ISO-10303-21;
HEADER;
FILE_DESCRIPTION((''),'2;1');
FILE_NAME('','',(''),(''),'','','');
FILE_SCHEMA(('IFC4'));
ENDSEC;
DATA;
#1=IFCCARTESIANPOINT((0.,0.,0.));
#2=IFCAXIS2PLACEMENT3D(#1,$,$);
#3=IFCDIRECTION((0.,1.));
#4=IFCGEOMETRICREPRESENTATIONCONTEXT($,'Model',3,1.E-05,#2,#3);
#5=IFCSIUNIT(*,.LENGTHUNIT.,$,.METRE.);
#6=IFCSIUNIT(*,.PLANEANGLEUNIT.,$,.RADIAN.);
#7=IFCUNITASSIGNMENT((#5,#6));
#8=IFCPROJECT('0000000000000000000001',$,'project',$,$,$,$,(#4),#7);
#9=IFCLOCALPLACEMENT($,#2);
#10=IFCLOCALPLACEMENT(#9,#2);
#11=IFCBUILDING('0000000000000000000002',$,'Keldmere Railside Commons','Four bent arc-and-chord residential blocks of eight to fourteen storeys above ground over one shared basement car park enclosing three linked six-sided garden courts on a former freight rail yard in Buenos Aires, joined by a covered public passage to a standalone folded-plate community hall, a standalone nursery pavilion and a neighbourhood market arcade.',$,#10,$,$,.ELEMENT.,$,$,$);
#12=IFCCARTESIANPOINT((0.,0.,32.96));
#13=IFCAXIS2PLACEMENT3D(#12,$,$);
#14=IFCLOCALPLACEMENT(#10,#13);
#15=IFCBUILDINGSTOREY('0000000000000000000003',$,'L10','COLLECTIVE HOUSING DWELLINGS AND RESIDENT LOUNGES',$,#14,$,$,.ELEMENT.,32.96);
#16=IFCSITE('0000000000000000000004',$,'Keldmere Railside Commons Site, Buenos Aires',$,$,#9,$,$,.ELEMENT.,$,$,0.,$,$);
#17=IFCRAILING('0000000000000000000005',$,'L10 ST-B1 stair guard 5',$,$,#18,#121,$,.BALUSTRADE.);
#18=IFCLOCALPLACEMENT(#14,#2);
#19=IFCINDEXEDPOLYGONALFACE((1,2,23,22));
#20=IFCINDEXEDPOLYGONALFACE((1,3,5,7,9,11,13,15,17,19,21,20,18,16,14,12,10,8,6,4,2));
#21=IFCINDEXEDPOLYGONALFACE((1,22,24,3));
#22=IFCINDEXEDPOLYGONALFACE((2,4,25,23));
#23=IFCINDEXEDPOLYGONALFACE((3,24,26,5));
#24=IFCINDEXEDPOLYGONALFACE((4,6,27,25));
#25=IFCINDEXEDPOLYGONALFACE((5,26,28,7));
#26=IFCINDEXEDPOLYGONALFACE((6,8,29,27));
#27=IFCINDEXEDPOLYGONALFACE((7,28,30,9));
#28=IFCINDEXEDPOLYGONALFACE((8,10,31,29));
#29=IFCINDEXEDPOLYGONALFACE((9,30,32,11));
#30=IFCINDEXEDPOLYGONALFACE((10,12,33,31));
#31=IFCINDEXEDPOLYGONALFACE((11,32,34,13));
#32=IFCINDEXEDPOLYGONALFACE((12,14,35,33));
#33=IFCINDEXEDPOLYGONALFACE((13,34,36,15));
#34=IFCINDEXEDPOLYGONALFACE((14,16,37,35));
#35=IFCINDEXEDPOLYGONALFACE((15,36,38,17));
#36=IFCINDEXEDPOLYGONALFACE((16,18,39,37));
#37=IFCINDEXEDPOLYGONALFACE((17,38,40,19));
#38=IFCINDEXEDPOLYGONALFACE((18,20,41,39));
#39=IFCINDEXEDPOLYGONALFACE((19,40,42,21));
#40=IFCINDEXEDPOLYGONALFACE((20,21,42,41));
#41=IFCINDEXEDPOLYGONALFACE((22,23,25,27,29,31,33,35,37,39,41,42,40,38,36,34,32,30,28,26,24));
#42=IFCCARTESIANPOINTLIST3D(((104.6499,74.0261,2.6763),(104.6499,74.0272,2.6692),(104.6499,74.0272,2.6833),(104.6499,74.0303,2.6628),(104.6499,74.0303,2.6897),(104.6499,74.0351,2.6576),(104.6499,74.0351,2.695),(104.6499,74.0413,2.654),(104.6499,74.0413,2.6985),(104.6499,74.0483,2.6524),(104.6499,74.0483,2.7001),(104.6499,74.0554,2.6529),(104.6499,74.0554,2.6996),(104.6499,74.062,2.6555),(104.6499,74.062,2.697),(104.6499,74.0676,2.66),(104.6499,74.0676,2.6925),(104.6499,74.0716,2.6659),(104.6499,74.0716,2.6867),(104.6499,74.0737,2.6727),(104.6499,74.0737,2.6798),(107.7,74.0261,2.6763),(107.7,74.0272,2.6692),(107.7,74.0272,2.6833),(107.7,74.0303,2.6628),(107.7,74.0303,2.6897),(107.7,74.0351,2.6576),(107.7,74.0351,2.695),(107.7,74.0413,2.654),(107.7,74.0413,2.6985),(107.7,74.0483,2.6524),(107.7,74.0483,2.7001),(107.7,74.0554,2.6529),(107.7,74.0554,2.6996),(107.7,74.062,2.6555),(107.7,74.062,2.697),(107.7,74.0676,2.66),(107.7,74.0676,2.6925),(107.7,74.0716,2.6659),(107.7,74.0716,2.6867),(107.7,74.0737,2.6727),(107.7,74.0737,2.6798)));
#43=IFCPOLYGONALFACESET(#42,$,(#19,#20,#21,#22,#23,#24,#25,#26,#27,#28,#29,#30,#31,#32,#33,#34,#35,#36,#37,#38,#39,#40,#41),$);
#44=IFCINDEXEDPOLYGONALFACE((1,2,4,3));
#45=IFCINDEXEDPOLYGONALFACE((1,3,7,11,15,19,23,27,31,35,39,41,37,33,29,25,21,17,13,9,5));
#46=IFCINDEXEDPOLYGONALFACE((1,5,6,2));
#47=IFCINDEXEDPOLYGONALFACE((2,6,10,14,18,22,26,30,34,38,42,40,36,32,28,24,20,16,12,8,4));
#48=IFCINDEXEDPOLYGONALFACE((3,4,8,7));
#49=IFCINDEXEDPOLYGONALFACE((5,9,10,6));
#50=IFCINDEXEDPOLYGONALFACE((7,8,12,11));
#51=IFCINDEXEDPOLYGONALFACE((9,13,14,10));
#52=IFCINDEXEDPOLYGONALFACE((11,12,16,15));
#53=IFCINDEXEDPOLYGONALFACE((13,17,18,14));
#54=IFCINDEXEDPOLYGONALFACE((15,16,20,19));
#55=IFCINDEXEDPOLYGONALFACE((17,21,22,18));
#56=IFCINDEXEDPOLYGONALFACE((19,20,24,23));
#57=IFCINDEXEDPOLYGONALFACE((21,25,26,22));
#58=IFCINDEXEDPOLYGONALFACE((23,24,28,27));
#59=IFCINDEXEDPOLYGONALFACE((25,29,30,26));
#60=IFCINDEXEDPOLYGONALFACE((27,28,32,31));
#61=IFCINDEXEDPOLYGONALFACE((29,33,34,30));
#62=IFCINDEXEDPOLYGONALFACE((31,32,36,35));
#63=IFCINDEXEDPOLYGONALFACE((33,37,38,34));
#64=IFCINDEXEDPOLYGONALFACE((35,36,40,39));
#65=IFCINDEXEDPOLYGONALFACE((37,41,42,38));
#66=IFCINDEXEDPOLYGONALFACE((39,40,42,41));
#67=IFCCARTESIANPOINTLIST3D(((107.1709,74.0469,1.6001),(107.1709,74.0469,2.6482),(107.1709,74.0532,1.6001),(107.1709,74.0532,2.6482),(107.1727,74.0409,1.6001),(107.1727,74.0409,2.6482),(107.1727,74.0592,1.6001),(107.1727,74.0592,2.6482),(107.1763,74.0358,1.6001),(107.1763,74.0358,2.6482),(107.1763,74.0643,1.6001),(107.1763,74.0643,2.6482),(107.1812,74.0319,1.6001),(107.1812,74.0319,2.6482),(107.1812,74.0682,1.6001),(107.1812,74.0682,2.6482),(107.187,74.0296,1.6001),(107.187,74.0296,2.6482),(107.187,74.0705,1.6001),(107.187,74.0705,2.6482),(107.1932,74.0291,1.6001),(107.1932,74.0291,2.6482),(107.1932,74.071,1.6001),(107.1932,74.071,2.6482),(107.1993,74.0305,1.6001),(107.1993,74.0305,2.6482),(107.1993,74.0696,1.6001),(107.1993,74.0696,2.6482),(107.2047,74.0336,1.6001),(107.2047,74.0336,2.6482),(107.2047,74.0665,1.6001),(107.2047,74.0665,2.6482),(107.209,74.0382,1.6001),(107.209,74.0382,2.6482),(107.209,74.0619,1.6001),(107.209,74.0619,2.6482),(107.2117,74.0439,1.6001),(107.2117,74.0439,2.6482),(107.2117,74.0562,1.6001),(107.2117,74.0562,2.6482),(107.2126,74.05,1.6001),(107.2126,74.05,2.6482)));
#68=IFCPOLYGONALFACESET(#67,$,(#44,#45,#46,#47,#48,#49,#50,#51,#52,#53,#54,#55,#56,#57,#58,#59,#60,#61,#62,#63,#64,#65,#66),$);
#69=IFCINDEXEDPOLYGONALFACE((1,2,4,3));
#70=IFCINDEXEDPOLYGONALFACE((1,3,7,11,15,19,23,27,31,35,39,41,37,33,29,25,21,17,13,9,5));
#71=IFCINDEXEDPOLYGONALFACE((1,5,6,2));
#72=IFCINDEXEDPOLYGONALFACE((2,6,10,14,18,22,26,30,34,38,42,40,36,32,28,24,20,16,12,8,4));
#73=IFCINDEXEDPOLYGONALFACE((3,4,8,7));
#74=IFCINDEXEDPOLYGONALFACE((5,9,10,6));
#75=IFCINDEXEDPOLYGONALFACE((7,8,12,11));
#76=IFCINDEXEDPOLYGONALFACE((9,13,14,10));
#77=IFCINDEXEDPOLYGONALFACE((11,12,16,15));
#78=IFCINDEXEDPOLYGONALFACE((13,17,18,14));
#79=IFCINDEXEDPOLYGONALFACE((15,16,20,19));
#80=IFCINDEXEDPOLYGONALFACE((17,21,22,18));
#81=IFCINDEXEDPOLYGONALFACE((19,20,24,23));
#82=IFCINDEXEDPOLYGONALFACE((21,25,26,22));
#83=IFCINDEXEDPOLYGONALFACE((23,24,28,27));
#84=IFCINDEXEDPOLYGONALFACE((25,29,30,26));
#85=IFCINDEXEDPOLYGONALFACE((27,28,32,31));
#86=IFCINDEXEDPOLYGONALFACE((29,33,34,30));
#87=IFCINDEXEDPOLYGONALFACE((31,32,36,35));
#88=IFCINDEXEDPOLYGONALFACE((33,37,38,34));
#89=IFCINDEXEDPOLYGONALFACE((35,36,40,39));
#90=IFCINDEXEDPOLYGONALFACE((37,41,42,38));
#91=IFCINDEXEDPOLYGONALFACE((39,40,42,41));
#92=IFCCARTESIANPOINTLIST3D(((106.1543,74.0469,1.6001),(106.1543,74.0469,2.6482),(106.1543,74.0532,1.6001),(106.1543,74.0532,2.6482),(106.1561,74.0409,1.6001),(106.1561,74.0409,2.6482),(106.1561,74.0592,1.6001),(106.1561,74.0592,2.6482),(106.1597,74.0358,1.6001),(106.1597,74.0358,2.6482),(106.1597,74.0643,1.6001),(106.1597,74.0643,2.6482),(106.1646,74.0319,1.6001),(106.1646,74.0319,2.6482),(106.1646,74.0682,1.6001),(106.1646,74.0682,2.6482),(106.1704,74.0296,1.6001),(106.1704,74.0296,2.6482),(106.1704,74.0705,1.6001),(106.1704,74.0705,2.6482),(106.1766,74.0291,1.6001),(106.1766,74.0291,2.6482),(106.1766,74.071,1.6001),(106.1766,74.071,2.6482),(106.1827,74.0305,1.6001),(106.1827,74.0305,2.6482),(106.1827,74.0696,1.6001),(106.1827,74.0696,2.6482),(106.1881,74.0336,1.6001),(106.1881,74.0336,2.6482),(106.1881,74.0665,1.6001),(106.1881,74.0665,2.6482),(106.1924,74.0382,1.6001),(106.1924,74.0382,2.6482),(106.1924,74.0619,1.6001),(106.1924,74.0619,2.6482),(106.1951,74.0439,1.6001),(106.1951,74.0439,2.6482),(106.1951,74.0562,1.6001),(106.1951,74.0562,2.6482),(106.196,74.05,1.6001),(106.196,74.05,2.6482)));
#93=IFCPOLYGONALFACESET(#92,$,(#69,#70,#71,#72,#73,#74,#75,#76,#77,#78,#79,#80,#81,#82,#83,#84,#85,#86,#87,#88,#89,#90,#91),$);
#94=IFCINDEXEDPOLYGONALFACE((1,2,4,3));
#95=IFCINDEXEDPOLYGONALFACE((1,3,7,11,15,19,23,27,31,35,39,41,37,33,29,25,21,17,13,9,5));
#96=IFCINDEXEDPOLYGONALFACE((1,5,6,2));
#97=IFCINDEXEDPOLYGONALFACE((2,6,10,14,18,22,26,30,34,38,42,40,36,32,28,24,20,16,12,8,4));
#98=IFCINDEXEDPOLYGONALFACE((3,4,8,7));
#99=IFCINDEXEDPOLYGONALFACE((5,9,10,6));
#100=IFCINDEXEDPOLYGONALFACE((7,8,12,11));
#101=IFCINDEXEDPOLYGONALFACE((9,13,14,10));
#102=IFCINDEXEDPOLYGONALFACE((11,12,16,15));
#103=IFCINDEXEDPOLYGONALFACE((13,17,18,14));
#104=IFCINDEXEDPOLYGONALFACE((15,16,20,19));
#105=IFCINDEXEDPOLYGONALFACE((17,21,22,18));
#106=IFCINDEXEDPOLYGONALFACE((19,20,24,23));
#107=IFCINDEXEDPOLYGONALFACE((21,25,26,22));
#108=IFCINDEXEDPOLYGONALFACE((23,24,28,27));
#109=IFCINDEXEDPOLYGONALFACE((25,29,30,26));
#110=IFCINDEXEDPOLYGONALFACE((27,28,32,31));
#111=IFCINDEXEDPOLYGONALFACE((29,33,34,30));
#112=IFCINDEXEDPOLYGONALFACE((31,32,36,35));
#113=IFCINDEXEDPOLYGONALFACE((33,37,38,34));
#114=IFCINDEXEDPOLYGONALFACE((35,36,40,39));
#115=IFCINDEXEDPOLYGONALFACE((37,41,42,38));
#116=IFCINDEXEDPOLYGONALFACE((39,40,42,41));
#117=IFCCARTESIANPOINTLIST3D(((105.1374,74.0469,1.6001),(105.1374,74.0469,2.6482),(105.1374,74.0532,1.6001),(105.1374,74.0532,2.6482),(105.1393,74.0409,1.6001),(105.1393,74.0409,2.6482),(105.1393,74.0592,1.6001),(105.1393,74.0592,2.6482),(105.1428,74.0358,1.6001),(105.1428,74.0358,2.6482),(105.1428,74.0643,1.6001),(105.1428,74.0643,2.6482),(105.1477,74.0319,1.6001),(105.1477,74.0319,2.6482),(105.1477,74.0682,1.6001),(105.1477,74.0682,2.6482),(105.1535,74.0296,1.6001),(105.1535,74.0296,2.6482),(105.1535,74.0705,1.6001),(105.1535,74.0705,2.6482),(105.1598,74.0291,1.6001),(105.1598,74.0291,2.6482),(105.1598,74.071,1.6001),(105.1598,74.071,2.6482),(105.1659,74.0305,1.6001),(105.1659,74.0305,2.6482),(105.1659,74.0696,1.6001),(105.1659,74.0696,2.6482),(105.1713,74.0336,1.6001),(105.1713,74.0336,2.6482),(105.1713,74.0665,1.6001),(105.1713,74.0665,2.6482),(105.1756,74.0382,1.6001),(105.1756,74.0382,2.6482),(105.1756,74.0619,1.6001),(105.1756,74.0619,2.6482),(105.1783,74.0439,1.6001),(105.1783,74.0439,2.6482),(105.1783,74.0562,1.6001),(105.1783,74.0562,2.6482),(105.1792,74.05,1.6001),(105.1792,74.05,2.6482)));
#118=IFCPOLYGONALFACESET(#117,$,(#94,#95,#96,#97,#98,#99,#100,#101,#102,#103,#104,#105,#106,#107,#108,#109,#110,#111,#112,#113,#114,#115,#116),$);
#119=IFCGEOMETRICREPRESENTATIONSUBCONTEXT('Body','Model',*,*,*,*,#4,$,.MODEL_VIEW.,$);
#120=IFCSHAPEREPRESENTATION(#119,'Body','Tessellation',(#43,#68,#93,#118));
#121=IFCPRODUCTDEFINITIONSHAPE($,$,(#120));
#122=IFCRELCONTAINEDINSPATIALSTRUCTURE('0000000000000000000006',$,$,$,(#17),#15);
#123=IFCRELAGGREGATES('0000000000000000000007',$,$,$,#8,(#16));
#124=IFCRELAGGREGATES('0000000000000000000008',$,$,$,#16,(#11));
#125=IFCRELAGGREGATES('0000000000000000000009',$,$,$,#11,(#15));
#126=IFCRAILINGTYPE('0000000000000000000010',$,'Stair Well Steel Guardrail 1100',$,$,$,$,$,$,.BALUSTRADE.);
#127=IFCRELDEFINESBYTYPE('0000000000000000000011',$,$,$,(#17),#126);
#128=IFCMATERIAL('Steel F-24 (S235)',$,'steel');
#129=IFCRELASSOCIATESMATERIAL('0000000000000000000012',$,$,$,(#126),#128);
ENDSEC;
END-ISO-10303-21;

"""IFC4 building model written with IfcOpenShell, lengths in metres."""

from ifc_helpers import new_model, si_unit, direction, frame, origin, origin_2d, place, context, subcontext, project, spatial, circle, extrude, material, type_object, element, save


model = new_model("IFC4")

# Units and contexts
model_context = context("Model", 3, precision=1e-05, world=origin(), true_north=direction((0.0, 1.0)))
body_context = subcontext(model_context, "Body", "Model", "MODEL_VIEW")
ifc_project = project(units=[si_unit("LENGTHUNIT", "METRE"), si_unit("PLANEANGLEUNIT", "RADIAN")], contexts=[model_context])

# Site, building, storey
site_placement = place(None, origin())
site = spatial("IfcSite", under=ifc_project, at=site_placement, Name="Keldmere Railside Commons Site, Buenos Aires", CompositionType="ELEMENT", RefElevation=0.0)
building_placement = place(site_placement, origin())
building = spatial("IfcBuilding", under=site, at=building_placement, Name="Keldmere Railside Commons", Description="Four bent arc-and-chord residential blocks of eight to fourteen storeys above ground over one shared basement car park enclosing three linked six-sided garden courts on a former freight rail yard in Buenos Aires, joined by a covered public passage to a standalone folded-plate community hall, a standalone nursery pavilion and a neighbourhood market arcade.", CompositionType="ELEMENT")
storey_placement = place(building_placement, frame((0.0, 0.0, 32.96)))
storey = spatial("IfcBuildingStorey", under=building, at=storey_placement, Name="L10", Description="COLLECTIVE HOUSING DWELLINGS AND RESIDENT LOUNGES", CompositionType="ELEMENT", Elevation=32.96)

# Shared definitions
ifc_material_1 = material(Name="Steel F-24 (S235)", Category="steel")

# Railing
railing_type_1 = type_object("IfcRailingType", Name="Stair Well Steel Guardrail 1100", PredefinedType="BALUSTRADE", material=ifc_material_1)
railing_1_placement = place(storey_placement, frame((107.7, 74.05, 1.6001)))
element("IfcRailing", 1, at=railing_1_placement, inside=storey, type_object=railing_type_1, Name="L10 ST-B1 stair guard 5", PredefinedType="BALUSTRADE", context=body_context, shape_type="SweptSolid", body=[
    extrude(circle(Radius=0.0239, at=origin_2d()), frame((0.0, 0.0, 1.0762), z_axis=(-1.0, 0.0, 0.0), x_axis=(0.0, -1.0, 0.0)), (0.0, 0.0, 1.0), 3.05),
    extrude(circle(Radius=0.021, at=origin_2d()), frame((-0.5083, 0.0, 0.0)), (0.0, 0.0, 1.0), 1.0481),
    extrude(circle(Radius=0.021, at=origin_2d()), frame((-1.5249, 0.0, 0.0)), (0.0, 0.0, 1.0), 1.0481),
    extrude(circle(Radius=0.021, at=origin_2d()), frame((-2.5417, 0.0, 0.0)), (0.0, 0.0, 1.0), 1.0481),
])

save(model, "model.ifc")
